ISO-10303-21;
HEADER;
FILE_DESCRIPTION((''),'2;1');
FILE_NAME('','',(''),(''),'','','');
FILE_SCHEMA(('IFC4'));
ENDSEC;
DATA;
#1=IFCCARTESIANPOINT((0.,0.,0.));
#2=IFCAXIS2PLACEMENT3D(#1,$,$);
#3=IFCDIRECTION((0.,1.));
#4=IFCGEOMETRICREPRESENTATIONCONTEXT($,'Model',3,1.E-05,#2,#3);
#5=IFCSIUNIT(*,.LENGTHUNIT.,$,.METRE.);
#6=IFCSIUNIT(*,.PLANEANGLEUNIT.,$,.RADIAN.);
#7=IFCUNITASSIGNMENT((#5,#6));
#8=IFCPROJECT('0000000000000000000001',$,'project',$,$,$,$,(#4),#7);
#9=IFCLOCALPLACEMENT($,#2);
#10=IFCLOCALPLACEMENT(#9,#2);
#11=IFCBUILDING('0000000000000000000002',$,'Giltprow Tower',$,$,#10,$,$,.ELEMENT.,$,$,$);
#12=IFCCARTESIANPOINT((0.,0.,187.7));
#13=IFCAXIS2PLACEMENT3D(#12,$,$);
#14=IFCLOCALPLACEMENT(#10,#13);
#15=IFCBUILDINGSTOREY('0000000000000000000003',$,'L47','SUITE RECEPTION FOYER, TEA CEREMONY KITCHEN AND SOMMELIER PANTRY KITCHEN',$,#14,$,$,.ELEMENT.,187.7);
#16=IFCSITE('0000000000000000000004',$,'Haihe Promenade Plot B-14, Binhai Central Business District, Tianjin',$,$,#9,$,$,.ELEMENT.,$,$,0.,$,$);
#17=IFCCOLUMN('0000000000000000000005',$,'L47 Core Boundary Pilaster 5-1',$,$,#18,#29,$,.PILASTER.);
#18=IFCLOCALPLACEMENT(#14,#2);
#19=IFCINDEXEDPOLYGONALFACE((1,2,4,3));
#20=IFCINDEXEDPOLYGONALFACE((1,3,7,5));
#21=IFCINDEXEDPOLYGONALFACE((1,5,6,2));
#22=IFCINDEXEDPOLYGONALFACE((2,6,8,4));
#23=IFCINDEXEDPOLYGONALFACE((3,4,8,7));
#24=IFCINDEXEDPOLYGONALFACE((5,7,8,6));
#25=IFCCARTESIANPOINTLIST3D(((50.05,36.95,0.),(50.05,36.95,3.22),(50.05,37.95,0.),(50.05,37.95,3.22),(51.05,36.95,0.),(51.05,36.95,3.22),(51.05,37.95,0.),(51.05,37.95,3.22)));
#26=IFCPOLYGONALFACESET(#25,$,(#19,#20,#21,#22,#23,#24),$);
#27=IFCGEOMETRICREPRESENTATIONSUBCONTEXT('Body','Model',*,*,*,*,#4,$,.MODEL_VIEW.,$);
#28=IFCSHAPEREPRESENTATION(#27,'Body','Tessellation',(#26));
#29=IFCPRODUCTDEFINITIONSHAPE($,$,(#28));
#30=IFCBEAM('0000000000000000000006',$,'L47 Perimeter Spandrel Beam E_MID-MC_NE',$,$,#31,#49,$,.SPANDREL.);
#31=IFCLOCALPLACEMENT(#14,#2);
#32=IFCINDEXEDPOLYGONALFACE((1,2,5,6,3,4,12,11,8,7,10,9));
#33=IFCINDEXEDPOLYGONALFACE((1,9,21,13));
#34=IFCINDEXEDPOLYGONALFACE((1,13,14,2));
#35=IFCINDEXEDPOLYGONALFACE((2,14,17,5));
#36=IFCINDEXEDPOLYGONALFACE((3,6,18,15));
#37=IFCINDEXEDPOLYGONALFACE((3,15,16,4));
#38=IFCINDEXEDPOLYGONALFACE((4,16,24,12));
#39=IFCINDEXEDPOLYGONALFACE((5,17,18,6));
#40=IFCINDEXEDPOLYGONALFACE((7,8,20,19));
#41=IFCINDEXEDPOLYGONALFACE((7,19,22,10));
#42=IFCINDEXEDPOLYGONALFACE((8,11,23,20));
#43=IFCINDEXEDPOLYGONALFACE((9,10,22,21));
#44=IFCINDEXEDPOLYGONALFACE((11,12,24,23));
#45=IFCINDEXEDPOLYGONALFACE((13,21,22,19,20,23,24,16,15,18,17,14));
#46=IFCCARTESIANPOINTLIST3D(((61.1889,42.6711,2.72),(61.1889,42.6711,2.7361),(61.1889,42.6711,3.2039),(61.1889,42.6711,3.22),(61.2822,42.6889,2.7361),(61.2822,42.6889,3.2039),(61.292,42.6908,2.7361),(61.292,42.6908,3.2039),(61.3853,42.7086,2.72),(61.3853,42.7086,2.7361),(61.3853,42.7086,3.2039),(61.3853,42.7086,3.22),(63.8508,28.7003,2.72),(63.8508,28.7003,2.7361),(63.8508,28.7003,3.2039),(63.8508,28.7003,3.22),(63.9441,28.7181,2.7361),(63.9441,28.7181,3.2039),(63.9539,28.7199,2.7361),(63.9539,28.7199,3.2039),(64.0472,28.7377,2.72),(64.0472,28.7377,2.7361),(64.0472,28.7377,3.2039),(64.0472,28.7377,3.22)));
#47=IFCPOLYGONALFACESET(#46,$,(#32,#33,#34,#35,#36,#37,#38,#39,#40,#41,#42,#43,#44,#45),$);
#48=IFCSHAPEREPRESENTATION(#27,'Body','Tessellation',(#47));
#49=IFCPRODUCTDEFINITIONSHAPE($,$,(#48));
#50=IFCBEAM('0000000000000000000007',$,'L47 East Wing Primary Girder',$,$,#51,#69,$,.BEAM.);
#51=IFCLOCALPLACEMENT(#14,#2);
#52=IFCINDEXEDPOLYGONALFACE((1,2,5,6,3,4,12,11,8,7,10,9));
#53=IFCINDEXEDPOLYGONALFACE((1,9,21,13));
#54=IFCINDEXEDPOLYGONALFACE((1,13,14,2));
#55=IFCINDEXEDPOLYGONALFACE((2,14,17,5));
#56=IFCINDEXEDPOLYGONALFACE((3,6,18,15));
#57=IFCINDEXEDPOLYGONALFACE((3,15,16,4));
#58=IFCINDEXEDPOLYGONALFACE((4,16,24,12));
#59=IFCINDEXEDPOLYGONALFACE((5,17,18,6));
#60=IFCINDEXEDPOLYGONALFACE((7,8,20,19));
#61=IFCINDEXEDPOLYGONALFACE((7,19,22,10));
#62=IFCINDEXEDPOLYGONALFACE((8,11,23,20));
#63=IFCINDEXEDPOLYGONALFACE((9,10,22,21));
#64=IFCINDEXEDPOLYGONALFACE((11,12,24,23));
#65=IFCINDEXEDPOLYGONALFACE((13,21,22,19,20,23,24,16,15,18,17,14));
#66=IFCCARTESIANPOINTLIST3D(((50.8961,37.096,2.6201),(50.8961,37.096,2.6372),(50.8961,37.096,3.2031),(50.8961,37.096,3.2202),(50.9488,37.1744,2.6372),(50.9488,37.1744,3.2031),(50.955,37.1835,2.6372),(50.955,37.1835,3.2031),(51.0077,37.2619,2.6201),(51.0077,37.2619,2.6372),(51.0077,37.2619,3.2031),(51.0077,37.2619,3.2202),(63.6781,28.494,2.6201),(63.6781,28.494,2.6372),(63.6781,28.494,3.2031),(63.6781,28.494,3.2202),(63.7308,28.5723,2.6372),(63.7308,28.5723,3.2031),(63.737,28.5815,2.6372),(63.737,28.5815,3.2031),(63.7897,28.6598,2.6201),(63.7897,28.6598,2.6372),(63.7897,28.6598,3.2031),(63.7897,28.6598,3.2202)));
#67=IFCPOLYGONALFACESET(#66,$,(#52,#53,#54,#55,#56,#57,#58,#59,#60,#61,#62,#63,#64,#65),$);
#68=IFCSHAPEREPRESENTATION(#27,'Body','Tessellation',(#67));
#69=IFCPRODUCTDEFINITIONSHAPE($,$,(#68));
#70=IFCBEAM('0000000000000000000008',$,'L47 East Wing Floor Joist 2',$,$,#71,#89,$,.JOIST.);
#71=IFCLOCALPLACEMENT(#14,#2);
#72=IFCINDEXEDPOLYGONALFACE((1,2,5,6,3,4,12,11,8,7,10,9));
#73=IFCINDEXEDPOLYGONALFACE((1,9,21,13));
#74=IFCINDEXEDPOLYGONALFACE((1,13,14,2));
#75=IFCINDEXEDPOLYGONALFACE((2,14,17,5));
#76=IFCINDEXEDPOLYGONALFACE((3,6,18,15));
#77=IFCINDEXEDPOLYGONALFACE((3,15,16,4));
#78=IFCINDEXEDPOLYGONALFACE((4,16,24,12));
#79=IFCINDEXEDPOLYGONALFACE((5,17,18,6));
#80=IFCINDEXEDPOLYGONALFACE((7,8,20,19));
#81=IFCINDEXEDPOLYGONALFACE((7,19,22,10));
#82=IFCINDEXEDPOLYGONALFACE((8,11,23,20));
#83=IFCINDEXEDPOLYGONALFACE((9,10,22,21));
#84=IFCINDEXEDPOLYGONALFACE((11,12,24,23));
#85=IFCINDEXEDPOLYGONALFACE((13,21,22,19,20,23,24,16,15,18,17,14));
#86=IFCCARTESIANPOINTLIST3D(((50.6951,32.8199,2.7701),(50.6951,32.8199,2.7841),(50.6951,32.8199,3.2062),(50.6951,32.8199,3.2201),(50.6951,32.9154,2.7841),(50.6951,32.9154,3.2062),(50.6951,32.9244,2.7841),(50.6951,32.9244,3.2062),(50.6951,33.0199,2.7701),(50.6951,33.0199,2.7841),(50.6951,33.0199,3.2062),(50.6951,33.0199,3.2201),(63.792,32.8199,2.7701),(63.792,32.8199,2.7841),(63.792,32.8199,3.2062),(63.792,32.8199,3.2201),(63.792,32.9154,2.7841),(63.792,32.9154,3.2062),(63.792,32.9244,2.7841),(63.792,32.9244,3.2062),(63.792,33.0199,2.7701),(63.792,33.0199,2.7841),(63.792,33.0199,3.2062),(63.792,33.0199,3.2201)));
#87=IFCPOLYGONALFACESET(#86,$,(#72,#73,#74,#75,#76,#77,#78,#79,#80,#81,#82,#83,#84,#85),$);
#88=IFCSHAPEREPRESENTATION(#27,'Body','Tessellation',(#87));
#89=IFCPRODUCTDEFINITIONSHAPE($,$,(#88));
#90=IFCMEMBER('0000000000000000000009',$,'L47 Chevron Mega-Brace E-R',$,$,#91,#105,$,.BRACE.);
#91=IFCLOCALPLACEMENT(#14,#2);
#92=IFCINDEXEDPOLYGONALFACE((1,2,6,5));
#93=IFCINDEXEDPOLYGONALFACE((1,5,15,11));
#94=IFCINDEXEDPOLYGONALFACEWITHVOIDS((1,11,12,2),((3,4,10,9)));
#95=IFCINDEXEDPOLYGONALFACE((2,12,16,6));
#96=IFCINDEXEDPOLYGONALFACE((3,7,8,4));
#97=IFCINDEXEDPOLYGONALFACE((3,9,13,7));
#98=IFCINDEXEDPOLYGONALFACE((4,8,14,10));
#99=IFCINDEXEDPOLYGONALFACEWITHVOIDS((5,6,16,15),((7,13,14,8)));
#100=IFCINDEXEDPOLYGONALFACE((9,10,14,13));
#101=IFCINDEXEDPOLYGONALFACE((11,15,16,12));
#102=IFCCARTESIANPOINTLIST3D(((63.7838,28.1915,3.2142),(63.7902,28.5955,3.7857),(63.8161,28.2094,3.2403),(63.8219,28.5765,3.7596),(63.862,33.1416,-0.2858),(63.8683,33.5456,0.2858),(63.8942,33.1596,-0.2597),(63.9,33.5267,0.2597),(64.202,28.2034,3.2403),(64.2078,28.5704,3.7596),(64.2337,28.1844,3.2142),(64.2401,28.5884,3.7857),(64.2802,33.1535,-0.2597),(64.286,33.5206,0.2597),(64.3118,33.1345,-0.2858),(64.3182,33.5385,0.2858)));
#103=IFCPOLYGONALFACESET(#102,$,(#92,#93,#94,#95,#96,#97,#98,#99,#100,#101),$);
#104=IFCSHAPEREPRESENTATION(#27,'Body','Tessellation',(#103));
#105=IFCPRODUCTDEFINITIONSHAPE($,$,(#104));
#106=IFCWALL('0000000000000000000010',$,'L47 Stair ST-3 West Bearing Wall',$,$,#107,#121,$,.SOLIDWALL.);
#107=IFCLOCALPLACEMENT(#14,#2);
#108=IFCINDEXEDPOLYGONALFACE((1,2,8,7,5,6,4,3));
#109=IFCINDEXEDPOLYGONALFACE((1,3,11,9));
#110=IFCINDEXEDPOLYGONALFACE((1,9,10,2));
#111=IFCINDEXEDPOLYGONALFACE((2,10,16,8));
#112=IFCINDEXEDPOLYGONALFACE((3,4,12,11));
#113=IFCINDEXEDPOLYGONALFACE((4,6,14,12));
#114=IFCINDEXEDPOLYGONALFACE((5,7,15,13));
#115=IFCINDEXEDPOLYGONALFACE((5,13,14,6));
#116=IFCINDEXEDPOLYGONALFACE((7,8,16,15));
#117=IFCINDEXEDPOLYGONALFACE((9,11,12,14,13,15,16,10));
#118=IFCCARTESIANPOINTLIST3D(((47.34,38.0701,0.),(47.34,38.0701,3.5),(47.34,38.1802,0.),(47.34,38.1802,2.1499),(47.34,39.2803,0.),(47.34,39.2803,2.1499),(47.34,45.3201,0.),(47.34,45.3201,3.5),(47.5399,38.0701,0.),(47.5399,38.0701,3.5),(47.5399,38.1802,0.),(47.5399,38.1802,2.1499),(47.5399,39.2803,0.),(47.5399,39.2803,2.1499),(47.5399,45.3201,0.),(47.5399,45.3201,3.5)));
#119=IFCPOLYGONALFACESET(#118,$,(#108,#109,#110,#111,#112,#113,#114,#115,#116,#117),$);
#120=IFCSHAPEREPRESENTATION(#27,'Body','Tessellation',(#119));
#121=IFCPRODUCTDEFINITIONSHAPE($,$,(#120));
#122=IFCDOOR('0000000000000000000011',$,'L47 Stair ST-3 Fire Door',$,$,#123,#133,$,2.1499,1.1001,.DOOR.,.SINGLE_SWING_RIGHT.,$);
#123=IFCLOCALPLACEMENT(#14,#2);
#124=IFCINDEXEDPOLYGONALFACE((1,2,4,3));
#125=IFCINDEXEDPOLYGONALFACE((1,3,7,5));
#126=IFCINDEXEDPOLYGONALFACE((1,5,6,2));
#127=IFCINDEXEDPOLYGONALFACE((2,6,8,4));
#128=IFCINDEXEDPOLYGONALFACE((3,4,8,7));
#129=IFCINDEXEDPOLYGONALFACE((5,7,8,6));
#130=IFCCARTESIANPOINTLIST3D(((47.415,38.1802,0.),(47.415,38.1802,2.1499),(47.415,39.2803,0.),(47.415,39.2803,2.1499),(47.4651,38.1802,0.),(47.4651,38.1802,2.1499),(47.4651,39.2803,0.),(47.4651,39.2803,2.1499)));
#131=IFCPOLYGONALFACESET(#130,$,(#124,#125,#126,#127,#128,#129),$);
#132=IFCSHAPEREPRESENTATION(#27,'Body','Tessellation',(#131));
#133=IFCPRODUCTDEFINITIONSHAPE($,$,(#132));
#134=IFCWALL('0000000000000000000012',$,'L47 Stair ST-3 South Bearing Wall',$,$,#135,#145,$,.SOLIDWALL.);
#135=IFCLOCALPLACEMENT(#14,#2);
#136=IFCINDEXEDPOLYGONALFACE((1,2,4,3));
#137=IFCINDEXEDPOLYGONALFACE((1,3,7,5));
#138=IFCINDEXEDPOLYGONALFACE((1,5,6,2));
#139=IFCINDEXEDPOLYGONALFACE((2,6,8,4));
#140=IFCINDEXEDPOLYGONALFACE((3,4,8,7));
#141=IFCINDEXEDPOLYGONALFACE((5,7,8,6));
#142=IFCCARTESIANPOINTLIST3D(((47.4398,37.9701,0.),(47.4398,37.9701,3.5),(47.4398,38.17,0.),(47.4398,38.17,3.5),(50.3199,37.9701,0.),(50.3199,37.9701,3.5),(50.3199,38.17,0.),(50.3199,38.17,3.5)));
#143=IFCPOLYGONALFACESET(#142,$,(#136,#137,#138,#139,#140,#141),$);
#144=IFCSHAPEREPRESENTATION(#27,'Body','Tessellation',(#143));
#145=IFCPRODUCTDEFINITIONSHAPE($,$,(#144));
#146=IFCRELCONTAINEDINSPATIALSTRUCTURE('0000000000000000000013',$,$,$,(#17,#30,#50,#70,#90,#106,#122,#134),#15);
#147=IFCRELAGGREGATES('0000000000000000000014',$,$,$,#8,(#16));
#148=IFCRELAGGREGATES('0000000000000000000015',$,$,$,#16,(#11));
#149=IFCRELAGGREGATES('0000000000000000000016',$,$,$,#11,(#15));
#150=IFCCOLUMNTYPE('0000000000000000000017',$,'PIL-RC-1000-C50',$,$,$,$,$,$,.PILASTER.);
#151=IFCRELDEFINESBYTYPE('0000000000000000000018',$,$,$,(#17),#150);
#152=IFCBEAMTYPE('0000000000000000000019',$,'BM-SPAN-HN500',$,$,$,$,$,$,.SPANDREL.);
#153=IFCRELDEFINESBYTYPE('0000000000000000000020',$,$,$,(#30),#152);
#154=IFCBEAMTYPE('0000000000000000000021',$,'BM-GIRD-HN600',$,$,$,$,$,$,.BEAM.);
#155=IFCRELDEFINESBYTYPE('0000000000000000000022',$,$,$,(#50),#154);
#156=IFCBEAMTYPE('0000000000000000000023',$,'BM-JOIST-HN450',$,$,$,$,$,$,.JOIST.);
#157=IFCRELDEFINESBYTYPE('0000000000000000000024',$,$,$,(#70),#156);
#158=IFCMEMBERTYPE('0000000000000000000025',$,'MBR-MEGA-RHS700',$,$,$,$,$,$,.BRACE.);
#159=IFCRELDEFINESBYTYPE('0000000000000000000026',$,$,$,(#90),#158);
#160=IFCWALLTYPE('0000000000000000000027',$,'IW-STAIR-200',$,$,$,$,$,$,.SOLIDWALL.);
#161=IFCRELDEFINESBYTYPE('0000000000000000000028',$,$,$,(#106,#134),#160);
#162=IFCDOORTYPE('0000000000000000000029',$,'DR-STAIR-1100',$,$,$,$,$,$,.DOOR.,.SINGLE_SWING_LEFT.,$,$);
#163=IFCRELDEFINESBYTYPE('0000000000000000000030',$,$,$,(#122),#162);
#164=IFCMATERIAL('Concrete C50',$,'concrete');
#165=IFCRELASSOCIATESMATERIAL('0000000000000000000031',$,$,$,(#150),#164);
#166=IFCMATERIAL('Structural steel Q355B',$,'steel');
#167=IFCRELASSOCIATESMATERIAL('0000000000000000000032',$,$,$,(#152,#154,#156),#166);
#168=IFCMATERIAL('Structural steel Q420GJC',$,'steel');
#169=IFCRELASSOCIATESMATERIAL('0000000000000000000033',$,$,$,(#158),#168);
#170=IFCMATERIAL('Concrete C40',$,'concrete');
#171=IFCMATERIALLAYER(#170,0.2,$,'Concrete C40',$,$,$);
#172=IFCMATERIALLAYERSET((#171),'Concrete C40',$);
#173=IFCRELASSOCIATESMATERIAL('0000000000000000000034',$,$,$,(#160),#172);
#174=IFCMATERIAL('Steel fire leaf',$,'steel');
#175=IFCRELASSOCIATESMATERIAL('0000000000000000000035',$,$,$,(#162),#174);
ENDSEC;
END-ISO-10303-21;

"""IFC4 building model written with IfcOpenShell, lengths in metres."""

from ifc_helpers import new_model, si_unit, direction, frame, frame_2d, origin, origin_2d, place, context, subcontext, project, spatial, rectangle, hollow_rectangle, i_section, extrude, source, transform, mapped, material, layer, layer_set, material_profile, profile_set, type_object, element, fill, save


model = new_model("IFC4")

# Units and contexts
model_context = context("Model", 3, precision=1e-05, world=origin(), true_north=direction((0.0, 1.0)))
body_context = subcontext(model_context, "Body", "Model", "MODEL_VIEW")
ifc_project = project(units=[si_unit("LENGTHUNIT", "METRE"), si_unit("PLANEANGLEUNIT", "RADIAN")], contexts=[model_context])

# Site, building, storey
site_placement = place(None, origin())
site = spatial("IfcSite", under=ifc_project, at=site_placement, Name="Haihe Promenade Plot B-14, Binhai Central Business District, Tianjin", CompositionType="ELEMENT", RefElevation=0.0)
building_placement = place(site_placement, origin())
building = spatial("IfcBuilding", under=site, at=building_placement, Name="Giltprow Tower", CompositionType="ELEMENT")
storey_placement = place(building_placement, frame((0.0, 0.0, 187.7)))
storey = spatial("IfcBuildingStorey", under=building, at=storey_placement, Name="L47", Description="SUITE RECEPTION FOYER, TEA CEREMONY KITCHEN AND SOMMELIER PANTRY KITCHEN", CompositionType="ELEMENT", Elevation=187.7)

# Column
ifc_material_1 = material(Name="Concrete C50", Category="concrete")
ifc_material_profile_1 = material_profile(ifc_material_1, rectangle(XDim=1.0, YDim=1.0, at=origin_2d()), Name="RC 1000x1000")
ifc_profile_set_1 = profile_set([ifc_material_profile_1], Name="Concrete C50")
column_type = type_object("IfcColumnType", Name="PIL-RC-1000-C50", PredefinedType="PILASTER", material=ifc_profile_set_1)
shared_shape_1 = source(origin(), body_context, "Body", "SweptSolid", [
    extrude(rectangle(XDim=1.0, YDim=1.0, at=origin_2d()), origin(), (0.0, 0.0, 1.0), 3.22),
])
column_placement = place(storey_placement, frame((50.55, 37.45, 0.0), z_axis=(0.0, 0.0, 1.0), x_axis=(1.0, 0.0, 0.0)))
element("IfcColumn", 1, at=column_placement, inside=storey, type_object=column_type, Name="L47 Core Boundary Pilaster 5-1", PredefinedType="PILASTER", context=body_context, shape_type="MappedRepresentation", body=[
    mapped(shared_shape_1, transform((0.0, 0.0, 0.0), x_axis=(1.0, 0.0, 0.0), y_axis=(0.0, 1.0, 0.0), z_axis=(0.0, 0.0, 1.0), scale=1.0)),
])

# Beams
ifc_material_2 = material(Name="Structural steel Q355B", Category="steel")
ifc_material_profile_2 = material_profile(ifc_material_2, i_section(OverallWidth=0.2, OverallDepth=0.5, WebThickness=0.01, FlangeThickness=0.0161, at=origin_2d()), Name="HN 500x200x10x16")
ifc_profile_set_2 = profile_set([ifc_material_profile_2], Name="Structural steel Q355B")
beam_type_1 = type_object("IfcBeamType", Name="BM-SPAN-HN500", PredefinedType="SPANDREL", material=ifc_profile_set_2)
shared_shape_2 = source(origin(), body_context, "Body", "SweptSolid", [
    extrude(i_section(OverallWidth=0.2, OverallDepth=0.5, WebThickness=0.01, FlangeThickness=0.0161, at=origin_2d()), origin(), (0.0, 0.0, 1.0), 14.2222),
])
beam_1_placement = place(storey_placement, frame((63.949, 28.719, 2.97), z_axis=(-0.187162, 0.982329, 0.0), x_axis=(-0.982329, -0.187162, 0.0)))
element("IfcBeam", 2, at=beam_1_placement, inside=storey, type_object=beam_type_1, Name="L47 Perimeter Spandrel Beam E_MID-MC_NE", PredefinedType="SPANDREL", context=body_context, shape_type="MappedRepresentation", body=[
    mapped(shared_shape_2, transform((0.0, 0.0, 0.0), x_axis=(1.0, 0.0, 0.0), y_axis=(0.0, 1.0, 0.0), z_axis=(0.0, 0.0, 1.0), scale=1.0)),
])
ifc_material_profile_3 = material_profile(ifc_material_2, i_section(OverallWidth=0.2, OverallDepth=0.6001, WebThickness=0.011, FlangeThickness=0.0171, at=origin_2d()), Name="HN 600x200x11x17")
ifc_profile_set_3 = profile_set([ifc_material_profile_3], Name="Structural steel Q355B")
beam_type_2 = type_object("IfcBeamType", Name="BM-GIRD-HN600", PredefinedType="BEAM", material=ifc_profile_set_3)
shared_shape_3 = source(origin(), body_context, "Body", "SweptSolid", [
    extrude(i_section(OverallWidth=0.2, OverallDepth=0.6001, WebThickness=0.011, FlangeThickness=0.0171, at=origin_2d()), origin(), (0.0, 0.0, 1.0), 15.407),
])
beam_2_placement = place(storey_placement, frame((63.7339, 28.5769, 2.9202), z_axis=(-0.829624, 0.558322, 0.0), x_axis=(-0.558322, -0.829624, 0.0)))
element("IfcBeam", 3, at=beam_2_placement, inside=storey, type_object=beam_type_2, Name="L47 East Wing Primary Girder", PredefinedType="BEAM", context=body_context, shape_type="MappedRepresentation", body=[
    mapped(shared_shape_3, transform((0.0, 0.0, 0.0), x_axis=(1.0, 0.0, 0.0), y_axis=(0.0, 1.0, 0.0), z_axis=(0.0, 0.0, 1.0), scale=1.0)),
])
ifc_material_profile_4 = material_profile(ifc_material_2, i_section(OverallWidth=0.2, OverallDepth=0.45, WebThickness=0.009, FlangeThickness=0.0139, at=origin_2d()), Name="HN 450x200x9x14")
ifc_profile_set_4 = profile_set([ifc_material_profile_4], Name="Structural steel Q355B")
beam_type_3 = type_object("IfcBeamType", Name="BM-JOIST-HN450", PredefinedType="JOIST", material=ifc_profile_set_4)
shared_shape_4 = source(origin(), body_context, "Body", "SweptSolid", [
    extrude(i_section(OverallWidth=0.2, OverallDepth=0.45, WebThickness=0.009, FlangeThickness=0.0139, at=origin_2d()), origin(), (0.0, 0.0, 1.0), 13.0969),
])
beam_3_placement = place(storey_placement, frame((50.6951, 32.9199, 2.9951), z_axis=(1.0, 0.0, 0.0), x_axis=(0.0, 1.0, 0.0)))
element("IfcBeam", 4, at=beam_3_placement, inside=storey, type_object=beam_type_3, Name="L47 East Wing Floor Joist 2", PredefinedType="JOIST", context=body_context, shape_type="MappedRepresentation", body=[
    mapped(shared_shape_4, transform((0.0, 0.0, 0.0), x_axis=(1.0, 0.0, 0.0), y_axis=(0.0, 1.0, 0.0), z_axis=(0.0, 0.0, 1.0), scale=1.0)),
])

# Member
ifc_material_3 = material(Name="Structural steel Q420GJC", Category="steel")
ifc_material_profile_5 = material_profile(ifc_material_3, hollow_rectangle(XDim=0.45, YDim=0.7, WallThickness=0.032, at=origin_2d()), Name="RHS 700x450x32")
ifc_profile_set_5 = profile_set([ifc_material_profile_5], Name="Structural steel Q420GJC")
member_type = type_object("IfcMemberType", Name="MBR-MEGA-RHS700", PredefinedType="BRACE", material=ifc_profile_set_5)
shared_shape_5 = source(origin(), body_context, "Body", "SweptSolid", [
    extrude(hollow_rectangle(XDim=0.45, YDim=0.7, WallThickness=0.032, at=origin_2d()), origin(), (0.0, 0.0, 1.0), 6.063),
])
member_placement = place(storey_placement, frame((64.0901, 33.3401, 0.0), z_axis=(-0.012885, -0.816453, 0.577268), x_axis=(0.999875, -0.01578, 0.0)))
element("IfcMember", 5, at=member_placement, inside=storey, type_object=member_type, Name="L47 Chevron Mega-Brace E-R", PredefinedType="BRACE", context=body_context, shape_type="MappedRepresentation", body=[
    mapped(shared_shape_5, transform((0.0, 0.0, 0.0), x_axis=(1.0, 0.0, 0.0), y_axis=(0.0, 1.0, 0.0), z_axis=(0.0, 0.0, 1.0), scale=1.0)),
])

# Wall, opening, door
ifc_material_4 = material(Name="Concrete C40", Category="concrete")
ifc_layer_1 = layer(ifc_material_4, 0.2, Name="Concrete C40")
ifc_layer_set_1 = layer_set([ifc_layer_1], Name="Concrete C40")
wall_type_1 = type_object("IfcWallType", Name="IW-STAIR-200", PredefinedType="SOLIDWALL", material=ifc_layer_set_1)
wall_1_placement = place(storey_placement, frame((47.4399, 38.0701, 0.0), z_axis=(0.0, 0.0, 1.0), x_axis=(0.0, 1.0, 0.0)))
wall_1 = element("IfcWall", 6, at=wall_1_placement, inside=storey, type_object=wall_type_1, Name="L47 Stair ST-3 West Bearing Wall", PredefinedType="SOLIDWALL", context=body_context, shape_type="SweptSolid", body=[
    extrude(rectangle(XDim=7.25, YDim=0.2, at=frame_2d((3.625, 0.0))), origin(), (0.0, 0.0, 1.0), 3.5),
])
opening_1_placement = place(wall_1_placement, frame((0.1101, 0.0, 0.0)))
opening_1 = element("IfcOpeningElement", 7, at=opening_1_placement, cuts=wall_1, PredefinedType="OPENING", context=body_context, shape_type="SweptSolid", body=[
    extrude(rectangle(XDim=1.1001, YDim=2.1499, at=frame_2d((0.55, 1.075))), frame((0.0, 0.1099, 0.0), z_axis=(0.0, -1.0, 0.0), x_axis=(1.0, 0.0, 0.0)), (0.0, 0.0, 1.0), 0.22),
])
ifc_material_5 = material(Name="Steel fire leaf", Category="steel")
door_type_1 = type_object("IfcDoorType", Name="DR-STAIR-1100", OperationType="SINGLE_SWING_LEFT", PredefinedType="DOOR", material=ifc_material_5)
shared_shape_6 = source(origin(), body_context, "Body", "SweptSolid", [
    extrude(rectangle(XDim=1.1001, YDim=2.1499, at=frame_2d((0.55, 1.075))), frame((0.0, 0.0249, 0.0), z_axis=(0.0, -1.0, 0.0), x_axis=(1.0, 0.0, 0.0)), (0.0, 0.0, 1.0), 0.05),
])
door_1_placement = place(opening_1_placement, origin())
door_1 = element("IfcDoor", 8, at=door_1_placement, inside=storey, type_object=door_type_1, Name="L47 Stair ST-3 Fire Door", OperationType="SINGLE_SWING_RIGHT", OverallHeight=2.1499, OverallWidth=1.1001, PredefinedType="DOOR", context=body_context, shape_type="MappedRepresentation", body=[
    mapped(shared_shape_6, transform((0.0, 0.0, 0.0), x_axis=(1.0, 0.0, 0.0), y_axis=(0.0, 1.0, 0.0), z_axis=(0.0, 0.0, 1.0), scale=1.0)),
])
fill(opening_1, door_1)

# Wall
wall_2_placement = place(storey_placement, frame((47.4399, 38.0701, 0.0), z_axis=(0.0, 0.0, 1.0), x_axis=(1.0, 0.0, 0.0)))
element("IfcWall", 9, at=wall_2_placement, inside=storey, type_object=wall_type_1, Name="L47 Stair ST-3 South Bearing Wall", PredefinedType="SOLIDWALL", context=body_context, shape_type="SweptSolid", body=[
    extrude(rectangle(XDim=2.8801, YDim=0.2, at=frame_2d((1.4399, 0.0))), origin(), (0.0, 0.0, 1.0), 3.5),
])

save(model, "model.ifc")
